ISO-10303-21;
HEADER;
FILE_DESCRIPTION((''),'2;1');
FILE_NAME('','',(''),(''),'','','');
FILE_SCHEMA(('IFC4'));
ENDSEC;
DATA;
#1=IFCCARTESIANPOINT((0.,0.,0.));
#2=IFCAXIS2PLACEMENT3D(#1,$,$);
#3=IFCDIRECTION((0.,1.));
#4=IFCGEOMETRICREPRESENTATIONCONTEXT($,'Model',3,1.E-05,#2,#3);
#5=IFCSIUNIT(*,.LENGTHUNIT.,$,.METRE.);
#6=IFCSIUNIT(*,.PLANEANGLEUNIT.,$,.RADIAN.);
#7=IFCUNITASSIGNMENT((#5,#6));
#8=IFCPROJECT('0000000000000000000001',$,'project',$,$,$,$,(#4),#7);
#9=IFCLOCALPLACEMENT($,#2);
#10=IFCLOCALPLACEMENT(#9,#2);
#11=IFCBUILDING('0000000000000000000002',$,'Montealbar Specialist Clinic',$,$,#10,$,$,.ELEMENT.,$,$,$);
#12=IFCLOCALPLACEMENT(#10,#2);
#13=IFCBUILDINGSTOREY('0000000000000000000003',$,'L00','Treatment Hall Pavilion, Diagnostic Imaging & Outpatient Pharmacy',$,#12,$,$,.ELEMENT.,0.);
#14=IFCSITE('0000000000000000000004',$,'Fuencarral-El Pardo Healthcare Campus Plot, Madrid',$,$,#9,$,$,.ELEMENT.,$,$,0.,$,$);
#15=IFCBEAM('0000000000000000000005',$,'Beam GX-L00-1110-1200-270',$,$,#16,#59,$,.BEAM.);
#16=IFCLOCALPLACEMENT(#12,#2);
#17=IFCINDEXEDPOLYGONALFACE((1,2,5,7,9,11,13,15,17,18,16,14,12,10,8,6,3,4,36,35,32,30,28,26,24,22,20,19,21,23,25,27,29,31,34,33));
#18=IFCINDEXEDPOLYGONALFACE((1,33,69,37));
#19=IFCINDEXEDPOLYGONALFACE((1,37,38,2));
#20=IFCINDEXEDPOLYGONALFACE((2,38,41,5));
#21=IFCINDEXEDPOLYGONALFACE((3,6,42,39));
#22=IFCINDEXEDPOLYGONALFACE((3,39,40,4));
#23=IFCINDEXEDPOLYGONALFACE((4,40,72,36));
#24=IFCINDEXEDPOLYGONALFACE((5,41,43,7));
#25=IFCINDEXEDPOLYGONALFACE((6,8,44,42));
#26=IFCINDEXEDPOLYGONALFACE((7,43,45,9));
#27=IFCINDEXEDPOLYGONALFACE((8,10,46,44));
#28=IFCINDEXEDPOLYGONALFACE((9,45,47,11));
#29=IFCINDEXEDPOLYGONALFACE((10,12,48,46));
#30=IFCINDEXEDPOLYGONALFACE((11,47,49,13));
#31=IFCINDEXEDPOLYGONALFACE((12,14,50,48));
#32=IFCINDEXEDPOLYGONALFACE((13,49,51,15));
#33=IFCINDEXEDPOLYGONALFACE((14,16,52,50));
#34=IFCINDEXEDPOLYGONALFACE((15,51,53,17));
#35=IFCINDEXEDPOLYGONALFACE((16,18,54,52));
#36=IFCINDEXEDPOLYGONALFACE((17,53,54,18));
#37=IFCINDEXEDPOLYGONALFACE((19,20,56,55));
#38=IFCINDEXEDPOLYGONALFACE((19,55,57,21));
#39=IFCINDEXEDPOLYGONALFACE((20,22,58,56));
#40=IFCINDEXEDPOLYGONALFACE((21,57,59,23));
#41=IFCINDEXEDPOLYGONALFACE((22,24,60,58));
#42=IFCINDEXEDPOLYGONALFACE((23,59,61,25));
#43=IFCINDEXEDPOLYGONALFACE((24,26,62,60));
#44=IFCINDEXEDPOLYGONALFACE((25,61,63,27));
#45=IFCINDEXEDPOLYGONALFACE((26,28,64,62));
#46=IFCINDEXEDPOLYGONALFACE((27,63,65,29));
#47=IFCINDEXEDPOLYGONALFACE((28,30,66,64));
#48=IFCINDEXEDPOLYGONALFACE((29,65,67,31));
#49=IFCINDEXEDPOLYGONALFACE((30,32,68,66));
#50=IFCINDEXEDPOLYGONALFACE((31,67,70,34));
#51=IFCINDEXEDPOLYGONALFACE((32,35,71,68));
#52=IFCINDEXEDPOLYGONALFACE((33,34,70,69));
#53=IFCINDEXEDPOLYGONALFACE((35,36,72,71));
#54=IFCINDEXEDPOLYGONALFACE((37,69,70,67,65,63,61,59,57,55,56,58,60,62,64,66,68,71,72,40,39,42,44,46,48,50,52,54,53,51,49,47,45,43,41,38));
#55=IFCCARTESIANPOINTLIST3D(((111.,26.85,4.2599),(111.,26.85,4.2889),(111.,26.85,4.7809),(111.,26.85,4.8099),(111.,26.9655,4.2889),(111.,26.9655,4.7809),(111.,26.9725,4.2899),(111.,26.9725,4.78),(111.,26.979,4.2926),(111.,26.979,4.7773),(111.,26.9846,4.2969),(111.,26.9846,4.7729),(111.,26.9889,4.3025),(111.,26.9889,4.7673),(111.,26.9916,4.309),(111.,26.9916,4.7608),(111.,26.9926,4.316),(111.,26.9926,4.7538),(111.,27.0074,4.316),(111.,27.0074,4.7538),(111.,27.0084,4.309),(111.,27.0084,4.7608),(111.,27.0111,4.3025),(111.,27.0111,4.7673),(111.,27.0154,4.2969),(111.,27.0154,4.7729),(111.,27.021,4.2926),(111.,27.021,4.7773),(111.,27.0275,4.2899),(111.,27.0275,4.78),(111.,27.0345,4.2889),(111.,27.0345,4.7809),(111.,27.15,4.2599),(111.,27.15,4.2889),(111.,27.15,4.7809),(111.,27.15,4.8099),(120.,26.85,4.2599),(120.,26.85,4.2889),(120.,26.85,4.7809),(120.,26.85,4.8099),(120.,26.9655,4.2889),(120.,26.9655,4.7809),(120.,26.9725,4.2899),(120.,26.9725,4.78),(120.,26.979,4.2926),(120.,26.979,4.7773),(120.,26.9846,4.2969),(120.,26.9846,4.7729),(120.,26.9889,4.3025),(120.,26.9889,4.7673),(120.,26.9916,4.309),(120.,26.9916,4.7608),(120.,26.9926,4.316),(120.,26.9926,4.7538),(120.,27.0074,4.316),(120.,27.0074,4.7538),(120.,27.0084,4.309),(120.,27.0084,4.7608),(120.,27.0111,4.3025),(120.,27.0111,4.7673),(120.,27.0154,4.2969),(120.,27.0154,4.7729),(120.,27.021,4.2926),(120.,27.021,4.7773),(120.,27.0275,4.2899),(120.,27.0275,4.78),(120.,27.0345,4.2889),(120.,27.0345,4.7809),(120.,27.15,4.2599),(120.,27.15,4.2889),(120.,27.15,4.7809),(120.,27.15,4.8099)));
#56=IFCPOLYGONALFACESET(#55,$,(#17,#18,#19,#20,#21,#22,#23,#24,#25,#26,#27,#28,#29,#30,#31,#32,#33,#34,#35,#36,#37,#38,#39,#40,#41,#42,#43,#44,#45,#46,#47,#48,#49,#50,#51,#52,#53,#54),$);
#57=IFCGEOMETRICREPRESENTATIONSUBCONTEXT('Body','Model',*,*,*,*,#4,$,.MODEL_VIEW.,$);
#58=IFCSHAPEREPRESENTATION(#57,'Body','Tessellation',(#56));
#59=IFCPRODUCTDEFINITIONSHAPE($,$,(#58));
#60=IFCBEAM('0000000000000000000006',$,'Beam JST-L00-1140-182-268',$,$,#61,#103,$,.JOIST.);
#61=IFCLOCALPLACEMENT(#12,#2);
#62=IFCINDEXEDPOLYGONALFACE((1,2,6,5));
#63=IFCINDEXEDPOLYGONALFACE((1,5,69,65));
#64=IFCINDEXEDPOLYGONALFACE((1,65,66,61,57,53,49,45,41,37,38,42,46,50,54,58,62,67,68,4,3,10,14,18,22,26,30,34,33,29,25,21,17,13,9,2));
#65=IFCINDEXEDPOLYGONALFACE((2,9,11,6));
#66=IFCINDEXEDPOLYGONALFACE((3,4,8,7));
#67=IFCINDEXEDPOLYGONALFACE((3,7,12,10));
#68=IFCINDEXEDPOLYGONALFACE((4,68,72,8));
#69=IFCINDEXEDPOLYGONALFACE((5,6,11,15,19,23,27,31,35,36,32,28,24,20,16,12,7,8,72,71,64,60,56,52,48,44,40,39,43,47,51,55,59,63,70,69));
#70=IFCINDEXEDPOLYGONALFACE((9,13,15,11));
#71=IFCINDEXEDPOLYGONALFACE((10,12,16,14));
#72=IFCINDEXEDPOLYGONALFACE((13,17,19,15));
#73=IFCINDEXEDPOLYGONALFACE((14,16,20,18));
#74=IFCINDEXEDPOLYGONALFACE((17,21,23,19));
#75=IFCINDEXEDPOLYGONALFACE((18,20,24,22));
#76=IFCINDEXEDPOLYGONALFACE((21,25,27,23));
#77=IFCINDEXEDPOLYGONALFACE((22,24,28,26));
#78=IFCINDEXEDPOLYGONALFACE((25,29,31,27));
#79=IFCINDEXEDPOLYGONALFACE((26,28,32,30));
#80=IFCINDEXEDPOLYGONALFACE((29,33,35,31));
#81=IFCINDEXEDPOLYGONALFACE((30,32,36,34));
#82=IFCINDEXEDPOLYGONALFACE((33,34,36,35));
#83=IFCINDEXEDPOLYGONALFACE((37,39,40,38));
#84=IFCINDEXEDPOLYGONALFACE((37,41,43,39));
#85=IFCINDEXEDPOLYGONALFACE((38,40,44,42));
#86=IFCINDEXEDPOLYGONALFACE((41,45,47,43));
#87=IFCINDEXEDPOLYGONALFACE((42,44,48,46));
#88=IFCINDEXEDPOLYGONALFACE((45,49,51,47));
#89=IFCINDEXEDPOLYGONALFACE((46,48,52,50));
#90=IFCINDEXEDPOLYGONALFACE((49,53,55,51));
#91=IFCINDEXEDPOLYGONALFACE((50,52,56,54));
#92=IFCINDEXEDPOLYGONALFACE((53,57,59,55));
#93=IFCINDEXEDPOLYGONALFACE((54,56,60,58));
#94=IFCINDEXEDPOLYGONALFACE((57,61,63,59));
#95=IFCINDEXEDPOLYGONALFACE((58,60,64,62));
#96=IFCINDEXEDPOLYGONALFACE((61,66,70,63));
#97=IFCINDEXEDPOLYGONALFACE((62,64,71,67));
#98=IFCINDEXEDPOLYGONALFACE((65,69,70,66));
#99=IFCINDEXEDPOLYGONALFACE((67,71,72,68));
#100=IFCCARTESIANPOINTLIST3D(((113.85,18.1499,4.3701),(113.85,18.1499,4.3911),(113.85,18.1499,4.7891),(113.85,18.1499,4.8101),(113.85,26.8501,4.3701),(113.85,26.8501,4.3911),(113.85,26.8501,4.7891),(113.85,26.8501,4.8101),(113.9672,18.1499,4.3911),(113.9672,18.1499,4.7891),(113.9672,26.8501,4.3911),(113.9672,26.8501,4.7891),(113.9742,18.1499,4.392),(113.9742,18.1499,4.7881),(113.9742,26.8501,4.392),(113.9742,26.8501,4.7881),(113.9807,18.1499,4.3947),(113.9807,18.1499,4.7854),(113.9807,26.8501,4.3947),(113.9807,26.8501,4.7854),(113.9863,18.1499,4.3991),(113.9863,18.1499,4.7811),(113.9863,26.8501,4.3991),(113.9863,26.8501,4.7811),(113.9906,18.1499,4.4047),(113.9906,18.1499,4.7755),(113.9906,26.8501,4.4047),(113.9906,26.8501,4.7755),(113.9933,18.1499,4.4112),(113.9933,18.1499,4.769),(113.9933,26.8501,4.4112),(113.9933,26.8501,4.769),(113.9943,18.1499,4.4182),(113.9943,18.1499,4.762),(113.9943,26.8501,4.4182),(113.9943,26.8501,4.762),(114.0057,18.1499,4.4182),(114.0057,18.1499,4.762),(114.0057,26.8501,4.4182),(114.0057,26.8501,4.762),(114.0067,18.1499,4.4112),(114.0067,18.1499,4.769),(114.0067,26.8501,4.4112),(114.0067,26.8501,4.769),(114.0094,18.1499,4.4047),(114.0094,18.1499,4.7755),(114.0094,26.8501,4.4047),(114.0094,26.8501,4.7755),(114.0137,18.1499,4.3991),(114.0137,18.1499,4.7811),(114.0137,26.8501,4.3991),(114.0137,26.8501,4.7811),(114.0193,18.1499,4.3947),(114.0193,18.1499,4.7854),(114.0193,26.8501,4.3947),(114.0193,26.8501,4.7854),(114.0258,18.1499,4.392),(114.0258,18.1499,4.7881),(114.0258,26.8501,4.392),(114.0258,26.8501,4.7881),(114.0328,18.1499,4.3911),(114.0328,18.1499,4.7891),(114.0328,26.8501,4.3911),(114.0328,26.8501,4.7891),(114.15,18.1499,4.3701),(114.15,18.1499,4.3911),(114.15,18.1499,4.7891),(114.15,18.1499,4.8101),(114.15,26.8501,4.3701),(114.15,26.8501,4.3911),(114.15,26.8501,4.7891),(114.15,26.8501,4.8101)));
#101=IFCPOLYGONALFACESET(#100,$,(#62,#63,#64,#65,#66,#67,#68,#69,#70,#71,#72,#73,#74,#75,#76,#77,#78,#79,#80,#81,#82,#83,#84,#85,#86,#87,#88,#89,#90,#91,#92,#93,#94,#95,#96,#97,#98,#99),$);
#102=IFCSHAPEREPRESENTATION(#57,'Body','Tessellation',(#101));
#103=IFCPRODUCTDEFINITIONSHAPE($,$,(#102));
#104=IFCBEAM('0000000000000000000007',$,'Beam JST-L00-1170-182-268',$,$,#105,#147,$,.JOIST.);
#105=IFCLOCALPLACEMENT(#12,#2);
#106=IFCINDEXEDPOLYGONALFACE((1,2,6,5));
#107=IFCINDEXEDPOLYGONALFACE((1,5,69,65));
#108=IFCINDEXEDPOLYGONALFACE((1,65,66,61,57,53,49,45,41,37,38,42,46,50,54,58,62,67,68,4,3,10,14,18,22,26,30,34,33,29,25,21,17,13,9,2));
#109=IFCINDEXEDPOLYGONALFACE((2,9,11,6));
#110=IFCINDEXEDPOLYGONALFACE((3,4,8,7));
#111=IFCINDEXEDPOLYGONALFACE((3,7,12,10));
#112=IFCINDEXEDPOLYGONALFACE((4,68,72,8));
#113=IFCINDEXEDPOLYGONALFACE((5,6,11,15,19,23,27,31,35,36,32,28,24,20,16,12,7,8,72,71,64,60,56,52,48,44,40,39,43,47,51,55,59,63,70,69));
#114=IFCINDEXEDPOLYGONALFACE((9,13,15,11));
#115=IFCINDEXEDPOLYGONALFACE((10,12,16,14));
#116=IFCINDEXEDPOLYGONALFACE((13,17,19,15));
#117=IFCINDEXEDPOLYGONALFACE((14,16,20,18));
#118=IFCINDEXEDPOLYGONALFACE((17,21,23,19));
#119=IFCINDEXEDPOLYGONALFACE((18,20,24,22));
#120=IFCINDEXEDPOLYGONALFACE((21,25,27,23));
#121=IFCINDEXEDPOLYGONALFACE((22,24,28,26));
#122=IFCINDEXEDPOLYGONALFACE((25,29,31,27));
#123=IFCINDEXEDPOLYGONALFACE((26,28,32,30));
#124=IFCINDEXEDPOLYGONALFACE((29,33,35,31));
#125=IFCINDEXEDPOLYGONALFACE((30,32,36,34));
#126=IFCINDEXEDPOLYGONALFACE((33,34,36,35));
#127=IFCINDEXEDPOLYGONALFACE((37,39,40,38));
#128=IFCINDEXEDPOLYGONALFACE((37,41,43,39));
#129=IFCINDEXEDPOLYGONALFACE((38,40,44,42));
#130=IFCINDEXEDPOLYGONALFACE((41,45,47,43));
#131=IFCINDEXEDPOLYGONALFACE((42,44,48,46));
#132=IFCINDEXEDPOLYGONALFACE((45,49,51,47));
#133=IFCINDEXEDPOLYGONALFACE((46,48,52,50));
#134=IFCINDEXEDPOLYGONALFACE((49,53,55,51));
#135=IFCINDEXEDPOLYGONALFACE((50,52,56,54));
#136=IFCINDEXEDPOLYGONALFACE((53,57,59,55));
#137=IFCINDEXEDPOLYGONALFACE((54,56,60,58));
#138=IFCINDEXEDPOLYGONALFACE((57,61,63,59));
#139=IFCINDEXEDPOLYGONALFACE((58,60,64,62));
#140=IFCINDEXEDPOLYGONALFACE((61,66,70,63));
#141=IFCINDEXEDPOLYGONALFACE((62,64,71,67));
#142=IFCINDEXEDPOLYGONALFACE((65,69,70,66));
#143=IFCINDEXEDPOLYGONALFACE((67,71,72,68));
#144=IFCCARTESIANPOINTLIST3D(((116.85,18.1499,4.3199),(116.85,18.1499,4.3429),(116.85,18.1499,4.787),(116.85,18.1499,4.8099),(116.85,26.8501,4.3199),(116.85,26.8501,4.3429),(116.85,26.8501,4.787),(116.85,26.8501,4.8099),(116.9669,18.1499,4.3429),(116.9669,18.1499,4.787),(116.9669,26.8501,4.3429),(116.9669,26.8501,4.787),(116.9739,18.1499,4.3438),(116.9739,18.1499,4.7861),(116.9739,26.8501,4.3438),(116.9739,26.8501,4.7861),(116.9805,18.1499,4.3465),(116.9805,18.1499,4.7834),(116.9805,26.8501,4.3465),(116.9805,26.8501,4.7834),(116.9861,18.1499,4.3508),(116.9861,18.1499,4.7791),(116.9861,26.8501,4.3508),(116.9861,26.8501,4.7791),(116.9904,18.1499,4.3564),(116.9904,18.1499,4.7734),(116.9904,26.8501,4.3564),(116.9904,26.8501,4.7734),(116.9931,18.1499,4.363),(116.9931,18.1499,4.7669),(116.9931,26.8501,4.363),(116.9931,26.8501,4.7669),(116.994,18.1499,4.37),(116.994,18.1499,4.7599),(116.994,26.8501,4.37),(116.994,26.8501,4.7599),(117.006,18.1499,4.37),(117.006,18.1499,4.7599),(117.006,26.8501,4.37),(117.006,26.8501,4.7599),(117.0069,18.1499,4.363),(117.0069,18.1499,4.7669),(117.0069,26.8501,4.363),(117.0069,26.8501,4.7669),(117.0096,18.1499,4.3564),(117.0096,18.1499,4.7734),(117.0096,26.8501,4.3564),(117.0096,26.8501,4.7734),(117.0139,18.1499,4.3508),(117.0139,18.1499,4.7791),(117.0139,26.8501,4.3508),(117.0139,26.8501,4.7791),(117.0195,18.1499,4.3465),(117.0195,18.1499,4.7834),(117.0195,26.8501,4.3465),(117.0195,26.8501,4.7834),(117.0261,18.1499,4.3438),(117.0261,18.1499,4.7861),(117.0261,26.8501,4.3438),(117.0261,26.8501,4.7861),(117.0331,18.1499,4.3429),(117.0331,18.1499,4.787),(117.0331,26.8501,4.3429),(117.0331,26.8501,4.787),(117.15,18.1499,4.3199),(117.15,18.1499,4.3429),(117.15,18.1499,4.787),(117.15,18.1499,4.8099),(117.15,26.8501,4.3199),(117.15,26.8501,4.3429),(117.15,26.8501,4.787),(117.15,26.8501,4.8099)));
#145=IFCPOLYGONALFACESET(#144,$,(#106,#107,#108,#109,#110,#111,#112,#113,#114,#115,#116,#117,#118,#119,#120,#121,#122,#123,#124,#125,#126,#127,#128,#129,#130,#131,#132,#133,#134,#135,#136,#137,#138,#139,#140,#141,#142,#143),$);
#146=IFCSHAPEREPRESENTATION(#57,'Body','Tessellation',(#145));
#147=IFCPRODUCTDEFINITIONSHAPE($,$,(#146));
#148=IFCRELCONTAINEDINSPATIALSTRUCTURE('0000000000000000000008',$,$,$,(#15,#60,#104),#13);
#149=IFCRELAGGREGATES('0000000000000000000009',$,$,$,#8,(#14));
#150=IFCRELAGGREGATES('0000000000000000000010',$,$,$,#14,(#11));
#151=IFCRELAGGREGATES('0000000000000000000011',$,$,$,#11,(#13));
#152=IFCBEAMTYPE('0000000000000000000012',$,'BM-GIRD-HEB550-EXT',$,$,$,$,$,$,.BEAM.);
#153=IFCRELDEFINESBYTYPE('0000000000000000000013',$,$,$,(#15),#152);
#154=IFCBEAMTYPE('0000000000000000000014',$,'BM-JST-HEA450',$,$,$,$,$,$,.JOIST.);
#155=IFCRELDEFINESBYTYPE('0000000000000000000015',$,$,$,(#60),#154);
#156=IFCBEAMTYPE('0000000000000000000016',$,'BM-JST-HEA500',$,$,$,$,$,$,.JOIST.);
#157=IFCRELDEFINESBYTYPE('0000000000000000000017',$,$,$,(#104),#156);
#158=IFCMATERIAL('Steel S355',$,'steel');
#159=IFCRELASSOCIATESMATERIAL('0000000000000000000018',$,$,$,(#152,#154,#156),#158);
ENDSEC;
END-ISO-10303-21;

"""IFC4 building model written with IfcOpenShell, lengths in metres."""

from ifc_helpers import new_model, si_unit, direction, frame, origin, origin_2d, place, context, subcontext, project, spatial, i_section, extrude, material, material_profile, profile_set, type_object, element, save


model = new_model("IFC4")

# Units and contexts
model_context = context("Model", 3, precision=1e-05, world=origin(), true_north=direction((0.0, 1.0)))
body_context = subcontext(model_context, "Body", "Model", "MODEL_VIEW")
ifc_project = project(units=[si_unit("LENGTHUNIT", "METRE"), si_unit("PLANEANGLEUNIT", "RADIAN")], contexts=[model_context])

# Site, building, storey
site_placement = place(None, origin())
site = spatial("IfcSite", under=ifc_project, at=site_placement, Name="Fuencarral-El Pardo Healthcare Campus Plot, Madrid", CompositionType="ELEMENT", RefElevation=0.0)
building_placement = place(site_placement, origin())
building = spatial("IfcBuilding", under=site, at=building_placement, Name="Montealbar Specialist Clinic", CompositionType="ELEMENT")
storey_placement = place(building_placement, origin())
storey = spatial("IfcBuildingStorey", under=building, at=storey_placement, Name="L00", Description="Treatment Hall Pavilion, Diagnostic Imaging & Outpatient Pharmacy", CompositionType="ELEMENT", Elevation=0.0)

# Shared definitions
ifc_material_1 = material(Name="Steel S355", Category="steel")

# Beams
ifc_material_profile_1 = material_profile(ifc_material_1, i_section(OverallWidth=0.3, OverallDepth=0.55, WebThickness=0.0149, FlangeThickness=0.0291, FilletRadius=0.0271, at=origin_2d()), Name="HEB 550", Category="steel")
ifc_profile_set_1 = profile_set([ifc_material_profile_1], Name="Steel S355")
beam_type_1 = type_object("IfcBeamType", Name="BM-GIRD-HEB550-EXT", PredefinedType="BEAM", material=ifc_profile_set_1)
beam_1_placement = place(storey_placement, frame((111.0, 27.0, 4.5349), z_axis=(1.0, 0.0, 0.0), x_axis=(0.0, 1.0, 0.0)))
element("IfcBeam", 1, at=beam_1_placement, inside=storey, type_object=beam_type_1, Name="Beam GX-L00-1110-1200-270", PredefinedType="BEAM", context=body_context, shape_type="SweptSolid", body=[
    extrude(i_section(OverallWidth=0.3, OverallDepth=0.55, WebThickness=0.0149, FlangeThickness=0.0291, FilletRadius=0.0271, at=origin_2d()), origin(), (0.0, 0.0, 1.0), 9.0),
])
ifc_material_profile_2 = material_profile(ifc_material_1, i_section(OverallWidth=0.3, OverallDepth=0.4399, WebThickness=0.0115, FlangeThickness=0.021, FilletRadius=0.0271, at=origin_2d()), Name="HEA 450", Category="steel")
ifc_profile_set_2 = profile_set([ifc_material_profile_2], Name="Steel S355")
beam_type_2 = type_object("IfcBeamType", Name="BM-JST-HEA450", PredefinedType="JOIST", material=ifc_profile_set_2)
beam_2_placement = place(storey_placement, frame((114.0, 18.1499, 4.5901), z_axis=(0.0, 1.0, 0.0), x_axis=(-1.0, 0.0, 0.0)))
element("IfcBeam", 2, at=beam_2_placement, inside=storey, type_object=beam_type_2, Name="Beam JST-L00-1140-182-268", PredefinedType="JOIST", context=body_context, shape_type="SweptSolid", body=[
    extrude(i_section(OverallWidth=0.3, OverallDepth=0.4399, WebThickness=0.0115, FlangeThickness=0.021, FilletRadius=0.0271, at=origin_2d()), origin(), (0.0, 0.0, 1.0), 8.7002),
])
ifc_material_profile_3 = material_profile(ifc_material_1, i_section(OverallWidth=0.3, OverallDepth=0.49, WebThickness=0.012, FlangeThickness=0.0229, FilletRadius=0.0271, at=origin_2d()), Name="HEA 500", Category="steel")
ifc_profile_set_3 = profile_set([ifc_material_profile_3], Name="Steel S355")
beam_type_3 = type_object("IfcBeamType", Name="BM-JST-HEA500", PredefinedType="JOIST", material=ifc_profile_set_3)
beam_3_placement = place(storey_placement, frame((117.0, 18.1499, 4.5649), z_axis=(0.0, 1.0, 0.0), x_axis=(-1.0, 0.0, 0.0)))
element("IfcBeam", 3, at=beam_3_placement, inside=storey, type_object=beam_type_3, Name="Beam JST-L00-1170-182-268", PredefinedType="JOIST", context=body_context, shape_type="SweptSolid", body=[
    extrude(i_section(OverallWidth=0.3, OverallDepth=0.49, WebThickness=0.012, FlangeThickness=0.0229, FilletRadius=0.0271, at=origin_2d()), origin(), (0.0, 0.0, 1.0), 8.7002),
])

save(model, "model.ifc")
